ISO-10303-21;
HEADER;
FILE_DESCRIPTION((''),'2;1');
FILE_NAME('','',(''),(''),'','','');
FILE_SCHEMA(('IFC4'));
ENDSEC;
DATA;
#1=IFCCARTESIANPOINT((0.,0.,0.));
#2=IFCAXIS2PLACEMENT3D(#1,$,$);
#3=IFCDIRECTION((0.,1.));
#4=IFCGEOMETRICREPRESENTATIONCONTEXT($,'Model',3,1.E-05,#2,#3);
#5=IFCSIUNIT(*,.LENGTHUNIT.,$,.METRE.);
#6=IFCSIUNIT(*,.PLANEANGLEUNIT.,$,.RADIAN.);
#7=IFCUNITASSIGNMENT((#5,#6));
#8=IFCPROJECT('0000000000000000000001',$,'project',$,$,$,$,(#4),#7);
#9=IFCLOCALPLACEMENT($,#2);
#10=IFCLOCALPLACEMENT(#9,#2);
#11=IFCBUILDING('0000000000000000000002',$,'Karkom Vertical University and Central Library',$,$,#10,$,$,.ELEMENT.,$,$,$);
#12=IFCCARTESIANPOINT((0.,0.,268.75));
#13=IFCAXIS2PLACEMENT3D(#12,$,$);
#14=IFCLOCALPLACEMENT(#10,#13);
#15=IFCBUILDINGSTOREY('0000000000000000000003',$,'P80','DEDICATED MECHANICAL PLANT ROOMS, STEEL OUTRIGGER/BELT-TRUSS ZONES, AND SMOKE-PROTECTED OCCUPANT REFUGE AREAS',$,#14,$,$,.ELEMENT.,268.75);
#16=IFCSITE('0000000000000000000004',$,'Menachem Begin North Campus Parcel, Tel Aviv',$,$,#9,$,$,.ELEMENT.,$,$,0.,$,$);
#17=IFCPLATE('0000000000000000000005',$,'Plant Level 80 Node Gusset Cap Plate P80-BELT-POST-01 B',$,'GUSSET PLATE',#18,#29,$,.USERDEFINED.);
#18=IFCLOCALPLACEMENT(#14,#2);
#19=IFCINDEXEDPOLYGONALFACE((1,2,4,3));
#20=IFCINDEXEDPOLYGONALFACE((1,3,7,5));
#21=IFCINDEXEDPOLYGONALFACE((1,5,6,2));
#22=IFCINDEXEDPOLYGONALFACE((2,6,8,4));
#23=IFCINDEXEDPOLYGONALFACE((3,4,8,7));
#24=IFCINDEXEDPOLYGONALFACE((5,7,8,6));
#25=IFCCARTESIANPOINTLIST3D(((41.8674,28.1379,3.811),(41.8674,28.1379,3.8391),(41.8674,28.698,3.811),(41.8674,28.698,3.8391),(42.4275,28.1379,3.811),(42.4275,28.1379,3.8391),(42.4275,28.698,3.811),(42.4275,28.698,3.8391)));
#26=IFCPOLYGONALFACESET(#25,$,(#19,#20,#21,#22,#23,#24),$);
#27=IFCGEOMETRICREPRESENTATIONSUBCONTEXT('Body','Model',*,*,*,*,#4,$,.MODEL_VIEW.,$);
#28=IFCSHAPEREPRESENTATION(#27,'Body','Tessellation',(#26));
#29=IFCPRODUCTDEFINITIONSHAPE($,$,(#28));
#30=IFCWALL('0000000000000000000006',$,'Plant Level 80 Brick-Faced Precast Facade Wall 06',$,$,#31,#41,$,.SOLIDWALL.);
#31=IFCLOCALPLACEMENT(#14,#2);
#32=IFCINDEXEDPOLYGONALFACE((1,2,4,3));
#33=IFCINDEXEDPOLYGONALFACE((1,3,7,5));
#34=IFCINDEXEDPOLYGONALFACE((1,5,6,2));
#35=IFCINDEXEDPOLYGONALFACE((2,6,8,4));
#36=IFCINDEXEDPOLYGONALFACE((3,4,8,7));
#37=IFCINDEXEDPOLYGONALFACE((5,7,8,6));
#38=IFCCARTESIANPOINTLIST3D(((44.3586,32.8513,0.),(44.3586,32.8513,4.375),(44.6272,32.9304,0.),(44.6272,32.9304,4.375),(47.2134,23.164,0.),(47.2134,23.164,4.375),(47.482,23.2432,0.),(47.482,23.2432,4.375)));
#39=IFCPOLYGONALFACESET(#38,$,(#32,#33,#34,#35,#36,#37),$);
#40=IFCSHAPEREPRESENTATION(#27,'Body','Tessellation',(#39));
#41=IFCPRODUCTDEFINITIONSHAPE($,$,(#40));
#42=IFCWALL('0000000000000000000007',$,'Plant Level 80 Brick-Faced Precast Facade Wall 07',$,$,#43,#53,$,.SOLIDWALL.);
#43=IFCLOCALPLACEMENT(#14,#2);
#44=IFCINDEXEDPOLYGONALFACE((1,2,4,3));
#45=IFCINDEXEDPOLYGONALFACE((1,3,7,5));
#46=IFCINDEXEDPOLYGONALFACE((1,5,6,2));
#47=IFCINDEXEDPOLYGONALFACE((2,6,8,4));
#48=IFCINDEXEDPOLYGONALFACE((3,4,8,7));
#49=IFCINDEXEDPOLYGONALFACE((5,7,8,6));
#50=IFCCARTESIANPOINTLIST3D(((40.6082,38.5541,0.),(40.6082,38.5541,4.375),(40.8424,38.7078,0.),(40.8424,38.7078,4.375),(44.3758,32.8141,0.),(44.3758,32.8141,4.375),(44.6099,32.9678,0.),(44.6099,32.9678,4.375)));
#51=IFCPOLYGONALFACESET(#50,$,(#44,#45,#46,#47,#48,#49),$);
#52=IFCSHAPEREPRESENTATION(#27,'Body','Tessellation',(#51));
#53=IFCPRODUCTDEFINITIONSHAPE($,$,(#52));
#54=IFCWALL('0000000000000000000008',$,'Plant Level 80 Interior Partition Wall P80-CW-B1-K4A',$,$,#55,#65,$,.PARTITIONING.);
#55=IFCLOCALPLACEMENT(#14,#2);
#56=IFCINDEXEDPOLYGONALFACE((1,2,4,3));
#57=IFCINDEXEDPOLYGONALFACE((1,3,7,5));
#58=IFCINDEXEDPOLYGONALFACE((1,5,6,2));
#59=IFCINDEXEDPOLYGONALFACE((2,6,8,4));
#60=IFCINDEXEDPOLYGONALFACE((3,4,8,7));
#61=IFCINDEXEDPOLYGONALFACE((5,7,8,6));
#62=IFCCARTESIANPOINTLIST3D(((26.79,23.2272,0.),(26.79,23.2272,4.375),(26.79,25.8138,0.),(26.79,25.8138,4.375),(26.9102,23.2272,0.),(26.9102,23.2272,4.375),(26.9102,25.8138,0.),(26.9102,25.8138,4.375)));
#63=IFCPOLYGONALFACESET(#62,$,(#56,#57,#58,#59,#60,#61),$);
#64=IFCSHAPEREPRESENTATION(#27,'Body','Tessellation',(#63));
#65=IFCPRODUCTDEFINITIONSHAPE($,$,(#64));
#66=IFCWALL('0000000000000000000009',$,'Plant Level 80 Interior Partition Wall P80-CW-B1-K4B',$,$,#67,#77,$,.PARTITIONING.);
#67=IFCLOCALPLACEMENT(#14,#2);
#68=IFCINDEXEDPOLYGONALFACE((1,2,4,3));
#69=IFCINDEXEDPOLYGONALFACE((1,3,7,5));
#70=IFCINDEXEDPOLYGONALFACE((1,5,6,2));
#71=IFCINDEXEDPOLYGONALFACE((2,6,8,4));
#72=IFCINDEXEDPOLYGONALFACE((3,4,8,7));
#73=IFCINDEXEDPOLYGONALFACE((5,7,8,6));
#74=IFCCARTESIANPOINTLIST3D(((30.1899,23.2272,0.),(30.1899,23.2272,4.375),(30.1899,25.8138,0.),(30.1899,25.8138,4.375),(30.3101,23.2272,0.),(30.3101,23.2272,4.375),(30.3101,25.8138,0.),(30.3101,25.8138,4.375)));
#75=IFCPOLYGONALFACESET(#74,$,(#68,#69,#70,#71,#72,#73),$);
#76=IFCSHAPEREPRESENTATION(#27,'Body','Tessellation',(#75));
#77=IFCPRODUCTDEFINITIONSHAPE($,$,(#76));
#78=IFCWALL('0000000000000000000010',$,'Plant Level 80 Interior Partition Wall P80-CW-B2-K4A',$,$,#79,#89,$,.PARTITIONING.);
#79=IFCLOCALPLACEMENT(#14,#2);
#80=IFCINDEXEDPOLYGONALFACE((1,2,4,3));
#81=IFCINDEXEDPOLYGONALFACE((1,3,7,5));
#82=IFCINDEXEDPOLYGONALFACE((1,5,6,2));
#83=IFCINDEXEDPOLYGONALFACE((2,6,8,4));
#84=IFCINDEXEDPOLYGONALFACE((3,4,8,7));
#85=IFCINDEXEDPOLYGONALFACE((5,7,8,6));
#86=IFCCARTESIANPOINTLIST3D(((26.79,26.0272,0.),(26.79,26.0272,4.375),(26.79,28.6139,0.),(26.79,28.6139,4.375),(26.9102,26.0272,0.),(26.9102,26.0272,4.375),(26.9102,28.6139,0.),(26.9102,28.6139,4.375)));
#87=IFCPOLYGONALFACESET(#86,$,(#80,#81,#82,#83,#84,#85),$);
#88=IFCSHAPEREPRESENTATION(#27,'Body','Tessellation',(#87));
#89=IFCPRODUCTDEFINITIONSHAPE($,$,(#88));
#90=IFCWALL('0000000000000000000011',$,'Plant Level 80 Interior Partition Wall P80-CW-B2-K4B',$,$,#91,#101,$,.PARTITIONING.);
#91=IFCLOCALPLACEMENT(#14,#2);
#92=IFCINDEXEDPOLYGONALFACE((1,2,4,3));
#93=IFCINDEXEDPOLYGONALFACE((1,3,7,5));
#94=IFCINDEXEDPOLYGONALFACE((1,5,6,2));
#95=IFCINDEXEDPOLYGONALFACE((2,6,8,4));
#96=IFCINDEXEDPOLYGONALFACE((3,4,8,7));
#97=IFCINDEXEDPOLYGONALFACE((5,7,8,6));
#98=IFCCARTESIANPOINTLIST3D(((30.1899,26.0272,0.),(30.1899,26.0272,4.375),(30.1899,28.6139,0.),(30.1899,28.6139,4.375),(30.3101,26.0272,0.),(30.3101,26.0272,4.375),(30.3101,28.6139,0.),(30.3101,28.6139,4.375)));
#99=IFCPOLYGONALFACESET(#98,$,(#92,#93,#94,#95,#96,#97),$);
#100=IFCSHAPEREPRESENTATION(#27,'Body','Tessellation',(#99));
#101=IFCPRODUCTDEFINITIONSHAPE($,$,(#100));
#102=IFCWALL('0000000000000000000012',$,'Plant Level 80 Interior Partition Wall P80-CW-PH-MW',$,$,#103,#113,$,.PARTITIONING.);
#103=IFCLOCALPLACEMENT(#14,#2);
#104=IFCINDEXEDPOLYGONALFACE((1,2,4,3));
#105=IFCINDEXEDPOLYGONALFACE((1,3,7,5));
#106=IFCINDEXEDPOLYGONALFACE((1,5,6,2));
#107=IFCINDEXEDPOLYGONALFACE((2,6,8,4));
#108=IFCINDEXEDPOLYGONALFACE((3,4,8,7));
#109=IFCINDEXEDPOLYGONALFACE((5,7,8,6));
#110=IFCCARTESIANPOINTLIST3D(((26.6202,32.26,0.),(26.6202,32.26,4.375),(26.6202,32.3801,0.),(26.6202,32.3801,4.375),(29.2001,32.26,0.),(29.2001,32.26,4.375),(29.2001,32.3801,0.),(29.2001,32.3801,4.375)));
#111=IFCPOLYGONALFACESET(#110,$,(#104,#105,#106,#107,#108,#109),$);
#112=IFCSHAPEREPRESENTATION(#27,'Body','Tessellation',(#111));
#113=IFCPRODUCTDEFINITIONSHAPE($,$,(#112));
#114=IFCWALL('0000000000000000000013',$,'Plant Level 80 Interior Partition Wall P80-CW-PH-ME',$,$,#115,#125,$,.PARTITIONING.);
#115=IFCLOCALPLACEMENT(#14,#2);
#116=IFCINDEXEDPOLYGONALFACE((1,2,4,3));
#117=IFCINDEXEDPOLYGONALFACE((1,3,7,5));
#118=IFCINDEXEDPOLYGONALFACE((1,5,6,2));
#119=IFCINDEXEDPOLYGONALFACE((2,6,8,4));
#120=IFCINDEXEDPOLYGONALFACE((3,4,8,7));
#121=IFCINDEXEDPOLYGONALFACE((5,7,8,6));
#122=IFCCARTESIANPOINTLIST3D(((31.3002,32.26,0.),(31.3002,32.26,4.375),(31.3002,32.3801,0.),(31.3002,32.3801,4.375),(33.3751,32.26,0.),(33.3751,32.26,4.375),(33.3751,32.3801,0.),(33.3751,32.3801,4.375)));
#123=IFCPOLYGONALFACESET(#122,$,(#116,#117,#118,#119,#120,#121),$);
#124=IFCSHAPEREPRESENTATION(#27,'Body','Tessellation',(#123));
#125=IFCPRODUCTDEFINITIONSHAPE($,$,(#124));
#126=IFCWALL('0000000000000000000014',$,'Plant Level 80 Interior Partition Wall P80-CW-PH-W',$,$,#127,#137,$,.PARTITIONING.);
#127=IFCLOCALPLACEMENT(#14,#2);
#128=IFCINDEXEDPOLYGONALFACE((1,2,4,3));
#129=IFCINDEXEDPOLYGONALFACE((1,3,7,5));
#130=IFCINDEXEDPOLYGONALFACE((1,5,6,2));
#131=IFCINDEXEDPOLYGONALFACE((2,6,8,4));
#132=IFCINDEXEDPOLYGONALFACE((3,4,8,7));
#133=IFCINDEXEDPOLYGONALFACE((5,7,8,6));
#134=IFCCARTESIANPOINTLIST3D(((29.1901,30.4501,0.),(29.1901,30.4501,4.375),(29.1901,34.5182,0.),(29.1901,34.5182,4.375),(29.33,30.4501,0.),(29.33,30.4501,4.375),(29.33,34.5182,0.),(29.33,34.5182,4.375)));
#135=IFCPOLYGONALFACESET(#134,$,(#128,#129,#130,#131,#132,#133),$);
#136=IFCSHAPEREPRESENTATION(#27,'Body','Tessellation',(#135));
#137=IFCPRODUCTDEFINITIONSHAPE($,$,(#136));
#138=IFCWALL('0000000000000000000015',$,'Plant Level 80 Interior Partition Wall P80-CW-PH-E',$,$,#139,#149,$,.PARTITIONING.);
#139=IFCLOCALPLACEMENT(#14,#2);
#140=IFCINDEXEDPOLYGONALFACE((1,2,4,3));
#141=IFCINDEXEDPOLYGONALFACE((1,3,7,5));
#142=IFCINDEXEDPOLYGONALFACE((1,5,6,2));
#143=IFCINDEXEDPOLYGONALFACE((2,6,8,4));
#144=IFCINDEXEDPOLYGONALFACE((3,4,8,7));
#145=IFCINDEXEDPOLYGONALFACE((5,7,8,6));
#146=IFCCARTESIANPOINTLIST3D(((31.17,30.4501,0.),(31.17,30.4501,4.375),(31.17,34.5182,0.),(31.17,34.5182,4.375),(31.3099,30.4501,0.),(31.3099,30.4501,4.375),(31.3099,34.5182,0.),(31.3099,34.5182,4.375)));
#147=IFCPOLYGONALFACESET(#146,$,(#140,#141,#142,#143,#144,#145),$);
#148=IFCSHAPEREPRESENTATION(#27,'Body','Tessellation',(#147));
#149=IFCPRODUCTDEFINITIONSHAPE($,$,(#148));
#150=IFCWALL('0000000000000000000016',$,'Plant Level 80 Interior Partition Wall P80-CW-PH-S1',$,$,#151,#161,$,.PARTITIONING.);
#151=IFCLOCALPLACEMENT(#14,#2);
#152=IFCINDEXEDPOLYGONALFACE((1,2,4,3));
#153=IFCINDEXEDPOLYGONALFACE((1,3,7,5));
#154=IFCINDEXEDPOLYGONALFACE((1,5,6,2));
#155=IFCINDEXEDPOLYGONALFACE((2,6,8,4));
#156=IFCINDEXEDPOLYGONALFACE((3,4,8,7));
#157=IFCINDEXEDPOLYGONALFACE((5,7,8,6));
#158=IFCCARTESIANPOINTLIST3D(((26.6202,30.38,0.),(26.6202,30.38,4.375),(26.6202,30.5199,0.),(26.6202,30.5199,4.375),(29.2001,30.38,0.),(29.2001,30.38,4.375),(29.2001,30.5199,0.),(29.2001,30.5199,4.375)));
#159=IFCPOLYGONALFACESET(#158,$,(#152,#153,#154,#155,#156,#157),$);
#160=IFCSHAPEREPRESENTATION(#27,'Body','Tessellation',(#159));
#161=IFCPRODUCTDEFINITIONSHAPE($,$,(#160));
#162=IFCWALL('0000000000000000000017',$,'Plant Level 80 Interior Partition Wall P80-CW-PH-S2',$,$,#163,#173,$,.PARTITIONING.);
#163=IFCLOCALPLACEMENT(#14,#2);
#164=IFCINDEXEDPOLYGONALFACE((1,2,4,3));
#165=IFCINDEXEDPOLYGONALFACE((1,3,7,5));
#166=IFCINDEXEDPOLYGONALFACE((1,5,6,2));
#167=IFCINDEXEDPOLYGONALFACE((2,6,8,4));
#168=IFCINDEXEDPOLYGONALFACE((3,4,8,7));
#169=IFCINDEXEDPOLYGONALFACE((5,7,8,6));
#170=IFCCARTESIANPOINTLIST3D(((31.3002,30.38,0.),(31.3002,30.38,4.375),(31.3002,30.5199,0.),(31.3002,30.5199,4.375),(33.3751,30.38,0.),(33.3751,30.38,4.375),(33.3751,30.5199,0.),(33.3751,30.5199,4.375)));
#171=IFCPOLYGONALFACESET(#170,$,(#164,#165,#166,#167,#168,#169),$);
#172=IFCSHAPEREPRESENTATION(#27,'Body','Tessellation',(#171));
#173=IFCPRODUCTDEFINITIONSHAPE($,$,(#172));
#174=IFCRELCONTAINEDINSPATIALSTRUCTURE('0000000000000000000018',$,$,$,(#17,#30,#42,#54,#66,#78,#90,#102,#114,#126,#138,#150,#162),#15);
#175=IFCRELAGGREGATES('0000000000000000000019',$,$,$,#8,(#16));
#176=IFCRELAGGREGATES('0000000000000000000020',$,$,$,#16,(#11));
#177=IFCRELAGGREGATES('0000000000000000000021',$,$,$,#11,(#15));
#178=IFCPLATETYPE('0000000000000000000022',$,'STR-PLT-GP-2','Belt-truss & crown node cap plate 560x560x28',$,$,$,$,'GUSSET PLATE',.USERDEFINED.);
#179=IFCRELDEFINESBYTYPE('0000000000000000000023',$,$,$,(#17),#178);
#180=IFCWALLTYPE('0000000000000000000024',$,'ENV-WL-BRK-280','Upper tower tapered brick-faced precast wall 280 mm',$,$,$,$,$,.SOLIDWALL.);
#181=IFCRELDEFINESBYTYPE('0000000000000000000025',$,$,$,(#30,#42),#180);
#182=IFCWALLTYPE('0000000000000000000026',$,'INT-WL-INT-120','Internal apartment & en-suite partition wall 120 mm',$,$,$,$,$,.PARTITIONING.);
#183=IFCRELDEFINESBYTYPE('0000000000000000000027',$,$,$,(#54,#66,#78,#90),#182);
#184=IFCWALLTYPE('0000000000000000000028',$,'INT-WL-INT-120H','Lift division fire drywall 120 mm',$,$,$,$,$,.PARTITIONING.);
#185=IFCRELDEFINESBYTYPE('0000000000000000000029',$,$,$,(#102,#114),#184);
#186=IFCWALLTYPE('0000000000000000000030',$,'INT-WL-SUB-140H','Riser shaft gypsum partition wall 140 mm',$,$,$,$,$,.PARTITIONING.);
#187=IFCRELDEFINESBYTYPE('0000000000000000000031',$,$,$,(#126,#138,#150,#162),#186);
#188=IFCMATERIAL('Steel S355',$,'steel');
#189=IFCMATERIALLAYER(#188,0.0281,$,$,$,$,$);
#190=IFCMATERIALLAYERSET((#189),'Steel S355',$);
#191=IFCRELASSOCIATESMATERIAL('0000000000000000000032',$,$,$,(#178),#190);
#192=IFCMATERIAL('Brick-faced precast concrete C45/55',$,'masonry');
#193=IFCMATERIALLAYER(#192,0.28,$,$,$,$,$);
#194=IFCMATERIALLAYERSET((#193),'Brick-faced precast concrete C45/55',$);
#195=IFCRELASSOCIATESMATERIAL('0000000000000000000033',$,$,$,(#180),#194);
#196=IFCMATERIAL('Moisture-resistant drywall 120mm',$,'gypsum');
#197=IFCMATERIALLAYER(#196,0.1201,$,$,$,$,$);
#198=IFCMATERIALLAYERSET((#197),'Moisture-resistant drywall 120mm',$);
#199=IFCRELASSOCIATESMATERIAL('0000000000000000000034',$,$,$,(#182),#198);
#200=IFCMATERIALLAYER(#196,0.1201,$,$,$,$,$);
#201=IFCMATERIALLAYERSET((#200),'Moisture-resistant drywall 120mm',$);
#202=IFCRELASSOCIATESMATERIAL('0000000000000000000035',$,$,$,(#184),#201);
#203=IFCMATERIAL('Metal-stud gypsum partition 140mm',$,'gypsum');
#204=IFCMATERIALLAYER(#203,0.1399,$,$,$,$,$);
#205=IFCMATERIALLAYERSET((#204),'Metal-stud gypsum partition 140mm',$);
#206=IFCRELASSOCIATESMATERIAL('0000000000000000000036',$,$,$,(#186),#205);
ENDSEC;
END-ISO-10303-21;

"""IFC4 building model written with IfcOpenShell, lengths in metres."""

from ifc_helpers import new_model, si_unit, direction, frame, frame_2d, origin, origin_with_axes, origin_2d, place, context, subcontext, project, spatial, rectangle, extrude, source, transform, mapped, material, layer, layer_set, type_object, element, save


model = new_model("IFC4")

# Units and contexts
model_context = context("Model", 3, precision=1e-05, world=origin(), true_north=direction((0.0, 1.0)))
body_context = subcontext(model_context, "Body", "Model", "MODEL_VIEW")
ifc_project = project(units=[si_unit("LENGTHUNIT", "METRE"), si_unit("PLANEANGLEUNIT", "RADIAN")], contexts=[model_context])

# Site, building, storey
site_placement = place(None, origin())
site = spatial("IfcSite", under=ifc_project, at=site_placement, Name="Menachem Begin North Campus Parcel, Tel Aviv", CompositionType="ELEMENT", RefElevation=0.0)
building_placement = place(site_placement, origin())
building = spatial("IfcBuilding", under=site, at=building_placement, Name="Karkom Vertical University and Central Library", CompositionType="ELEMENT")
storey_placement = place(building_placement, frame((0.0, 0.0, 268.75)))
storey = spatial("IfcBuildingStorey", under=building, at=storey_placement, Name="P80", Description="DEDICATED MECHANICAL PLANT ROOMS, STEEL OUTRIGGER/BELT-TRUSS ZONES, AND SMOKE-PROTECTED OCCUPANT REFUGE AREAS", CompositionType="ELEMENT", Elevation=268.75)

# Shared definitions
ifc_material_1 = material(Name="Steel S355", Category="steel")

# Plate
ifc_layer_1 = layer(ifc_material_1, 0.0281)
ifc_layer_set_1 = layer_set([ifc_layer_1], Name="Steel S355")
plate_type = type_object("IfcPlateType", Name="STR-PLT-GP-2", Description="Belt-truss & crown node cap plate 560x560x28", ElementType="GUSSET PLATE", PredefinedType="USERDEFINED", material=ifc_layer_set_1)
shared_shape_1 = source(origin_with_axes(), body_context, "Body", "SweptSolid", [
    extrude(rectangle(XDim=0.5601, YDim=0.5601, at=origin_2d()), origin(), (0.0, 0.0, 1.0), 0.0281),
])
for number, where, z_axis, x_axis, name in (
    (1, (42.1475, 28.418, 3.811), (0.0, 0.0, 1.0), (1.0, 0.0, 0.0), "Plant Level 80 Node Gusset Cap Plate P80-BELT-POST-01 B"),
):
    element("IfcPlate", number, at=place(storey_placement, frame(where, z_axis=z_axis, x_axis=x_axis)), inside=storey, type_object=plate_type, Name=name, ObjectType="GUSSET PLATE", PredefinedType="USERDEFINED", context=body_context, shape_type="MappedRepresentation", body=[
        mapped(shared_shape_1, transform((0.0, 0.0, 0.0), scale=1.0)),
    ])

# Walls
ifc_material_2 = material(Name="Brick-faced precast concrete C45/55", Category="masonry")
ifc_layer_2 = layer(ifc_material_2, 0.28)
ifc_layer_set_2 = layer_set([ifc_layer_2], Name="Brick-faced precast concrete C45/55")
wall_type_1 = type_object("IfcWallType", Name="ENV-WL-BRK-280", Description="Upper tower tapered brick-faced precast wall 280 mm", PredefinedType="SOLIDWALL", material=ifc_layer_set_2)
wall_1_placement = place(storey_placement, frame((47.3477, 23.2036, 0.0), z_axis=(0.0, 0.0, 1.0), x_axis=(-0.282671, 0.959217, 0.0)))
element("IfcWall", 2, at=wall_1_placement, inside=storey, type_object=wall_type_1, Name="Plant Level 80 Brick-Faced Precast Facade Wall 06", PredefinedType="SOLIDWALL", context=body_context, shape_type="SweptSolid", body=[
    extrude(rectangle(XDim=10.0991, YDim=0.28, at=frame_2d((5.0496, 0.0))), origin(), (0.0, 0.0, 1.0), 4.375),
])
wall_2_placement = place(storey_placement, frame((44.4929, 32.8909, 0.0), z_axis=(0.0, 0.0, 1.0), x_axis=(-0.548729, 0.836001, 0.0)))
element("IfcWall", 3, at=wall_2_placement, inside=storey, type_object=wall_type_1, Name="Plant Level 80 Brick-Faced Precast Facade Wall 07", PredefinedType="SOLIDWALL", context=body_context, shape_type="SweptSolid", body=[
    extrude(rectangle(XDim=6.866, YDim=0.28, at=frame_2d((3.4331, 0.0))), origin(), (0.0, 0.0, 1.0), 4.375),
])
ifc_material_3 = material(Name="Moisture-resistant drywall 120mm", Category="gypsum")
ifc_layer_3 = layer(ifc_material_3, 0.1201)
ifc_layer_set_3 = layer_set([ifc_layer_3], Name="Moisture-resistant drywall 120mm")
wall_type_2 = type_object("IfcWallType", Name="INT-WL-INT-120", Description="Internal apartment & en-suite partition wall 120 mm", PredefinedType="PARTITIONING", material=ifc_layer_set_3)
for number, where, z_axis, x_axis, name in (
    (4, (26.8501, 23.2271, 0.0), (0.0, 0.0, 1.0), (0.0, 1.0, 0.0), "Plant Level 80 Interior Partition Wall P80-CW-B1-K4A"),
    (5, (30.25, 23.2271, 0.0), (0.0, 0.0, 1.0), (0.0, 1.0, 0.0), "Plant Level 80 Interior Partition Wall P80-CW-B1-K4B"),
    (6, (26.8501, 26.0271, 0.0), (0.0, 0.0, 1.0), (0.0, 1.0, 0.0), "Plant Level 80 Interior Partition Wall P80-CW-B2-K4A"),
    (7, (30.25, 26.0271, 0.0), (0.0, 0.0, 1.0), (0.0, 1.0, 0.0), "Plant Level 80 Interior Partition Wall P80-CW-B2-K4B"),
):
    element("IfcWall", number, at=place(storey_placement, frame(where, z_axis=z_axis, x_axis=x_axis)), inside=storey, type_object=wall_type_2, Name=name, PredefinedType="PARTITIONING", context=body_context, shape_type="SweptSolid", body=[
        extrude(rectangle(XDim=2.5867, YDim=0.1201, at=frame_2d((1.2935, 0.0))), origin(), (0.0, 0.0, 1.0), 4.375),
    ])
ifc_layer_4 = layer(ifc_material_3, 0.1201)
ifc_layer_set_4 = layer_set([ifc_layer_4], Name="Moisture-resistant drywall 120mm")
wall_type_3 = type_object("IfcWallType", Name="INT-WL-INT-120H", Description="Lift division fire drywall 120 mm", PredefinedType="PARTITIONING", material=ifc_layer_set_4)
wall_3_placement = place(storey_placement, frame((26.6201, 32.3201, 0.0), z_axis=(0.0, 0.0, 1.0), x_axis=(1.0, 0.0, 0.0)))
element("IfcWall", 8, at=wall_3_placement, inside=storey, type_object=wall_type_3, Name="Plant Level 80 Interior Partition Wall P80-CW-PH-MW", PredefinedType="PARTITIONING", context=body_context, shape_type="SweptSolid", body=[
    extrude(rectangle(XDim=2.5798, YDim=0.1201, at=frame_2d((1.29, 0.0))), origin(), (0.0, 0.0, 1.0), 4.375),
])
wall_4_placement = place(storey_placement, frame((31.3, 32.3201, 0.0), z_axis=(0.0, 0.0, 1.0), x_axis=(1.0, 0.0, 0.0)))
element("IfcWall", 9, at=wall_4_placement, inside=storey, type_object=wall_type_3, Name="Plant Level 80 Interior Partition Wall P80-CW-PH-ME", PredefinedType="PARTITIONING", context=body_context, shape_type="SweptSolid", body=[
    extrude(rectangle(XDim=2.075, YDim=0.1201, at=frame_2d((1.0376, 0.0))), origin(), (0.0, 0.0, 1.0), 4.375),
])
ifc_material_4 = material(Name="Metal-stud gypsum partition 140mm", Category="gypsum")
ifc_layer_5 = layer(ifc_material_4, 0.1399)
ifc_layer_set_5 = layer_set([ifc_layer_5], Name="Metal-stud gypsum partition 140mm")
wall_type_4 = type_object("IfcWallType", Name="INT-WL-SUB-140H", Description="Riser shaft gypsum partition wall 140 mm", PredefinedType="PARTITIONING", material=ifc_layer_set_5)
for number, where, z_axis, x_axis, name in (
    (10, (29.26, 30.45, 0.0), (0.0, 0.0, 1.0), (0.0, 1.0, 0.0), "Plant Level 80 Interior Partition Wall P80-CW-PH-W"),
    (11, (31.24, 30.45, 0.0), (0.0, 0.0, 1.0), (0.0, 1.0, 0.0), "Plant Level 80 Interior Partition Wall P80-CW-PH-E"),
):
    element("IfcWall", number, at=place(storey_placement, frame(where, z_axis=z_axis, x_axis=x_axis)), inside=storey, type_object=wall_type_4, Name=name, PredefinedType="PARTITIONING", context=body_context, shape_type="SweptSolid", body=[
        extrude(rectangle(XDim=4.0681, YDim=0.1399, at=frame_2d((2.0342, 0.0))), origin(), (0.0, 0.0, 1.0), 4.375),
    ])
wall_5_placement = place(storey_placement, frame((26.6201, 30.45, 0.0), z_axis=(0.0, 0.0, 1.0), x_axis=(1.0, 0.0, 0.0)))
element("IfcWall", 12, at=wall_5_placement, inside=storey, type_object=wall_type_4, Name="Plant Level 80 Interior Partition Wall P80-CW-PH-S1", PredefinedType="PARTITIONING", context=body_context, shape_type="SweptSolid", body=[
    extrude(rectangle(XDim=2.5798, YDim=0.1399, at=frame_2d((1.29, 0.0))), origin(), (0.0, 0.0, 1.0), 4.375),
])
wall_6_placement = place(storey_placement, frame((31.3, 30.45, 0.0), z_axis=(0.0, 0.0, 1.0), x_axis=(1.0, 0.0, 0.0)))
element("IfcWall", 13, at=wall_6_placement, inside=storey, type_object=wall_type_4, Name="Plant Level 80 Interior Partition Wall P80-CW-PH-S2", PredefinedType="PARTITIONING", context=body_context, shape_type="SweptSolid", body=[
    extrude(rectangle(XDim=2.075, YDim=0.1399, at=frame_2d((1.0376, 0.0))), origin(), (0.0, 0.0, 1.0), 4.375),
])

save(model, "model.ifc")
